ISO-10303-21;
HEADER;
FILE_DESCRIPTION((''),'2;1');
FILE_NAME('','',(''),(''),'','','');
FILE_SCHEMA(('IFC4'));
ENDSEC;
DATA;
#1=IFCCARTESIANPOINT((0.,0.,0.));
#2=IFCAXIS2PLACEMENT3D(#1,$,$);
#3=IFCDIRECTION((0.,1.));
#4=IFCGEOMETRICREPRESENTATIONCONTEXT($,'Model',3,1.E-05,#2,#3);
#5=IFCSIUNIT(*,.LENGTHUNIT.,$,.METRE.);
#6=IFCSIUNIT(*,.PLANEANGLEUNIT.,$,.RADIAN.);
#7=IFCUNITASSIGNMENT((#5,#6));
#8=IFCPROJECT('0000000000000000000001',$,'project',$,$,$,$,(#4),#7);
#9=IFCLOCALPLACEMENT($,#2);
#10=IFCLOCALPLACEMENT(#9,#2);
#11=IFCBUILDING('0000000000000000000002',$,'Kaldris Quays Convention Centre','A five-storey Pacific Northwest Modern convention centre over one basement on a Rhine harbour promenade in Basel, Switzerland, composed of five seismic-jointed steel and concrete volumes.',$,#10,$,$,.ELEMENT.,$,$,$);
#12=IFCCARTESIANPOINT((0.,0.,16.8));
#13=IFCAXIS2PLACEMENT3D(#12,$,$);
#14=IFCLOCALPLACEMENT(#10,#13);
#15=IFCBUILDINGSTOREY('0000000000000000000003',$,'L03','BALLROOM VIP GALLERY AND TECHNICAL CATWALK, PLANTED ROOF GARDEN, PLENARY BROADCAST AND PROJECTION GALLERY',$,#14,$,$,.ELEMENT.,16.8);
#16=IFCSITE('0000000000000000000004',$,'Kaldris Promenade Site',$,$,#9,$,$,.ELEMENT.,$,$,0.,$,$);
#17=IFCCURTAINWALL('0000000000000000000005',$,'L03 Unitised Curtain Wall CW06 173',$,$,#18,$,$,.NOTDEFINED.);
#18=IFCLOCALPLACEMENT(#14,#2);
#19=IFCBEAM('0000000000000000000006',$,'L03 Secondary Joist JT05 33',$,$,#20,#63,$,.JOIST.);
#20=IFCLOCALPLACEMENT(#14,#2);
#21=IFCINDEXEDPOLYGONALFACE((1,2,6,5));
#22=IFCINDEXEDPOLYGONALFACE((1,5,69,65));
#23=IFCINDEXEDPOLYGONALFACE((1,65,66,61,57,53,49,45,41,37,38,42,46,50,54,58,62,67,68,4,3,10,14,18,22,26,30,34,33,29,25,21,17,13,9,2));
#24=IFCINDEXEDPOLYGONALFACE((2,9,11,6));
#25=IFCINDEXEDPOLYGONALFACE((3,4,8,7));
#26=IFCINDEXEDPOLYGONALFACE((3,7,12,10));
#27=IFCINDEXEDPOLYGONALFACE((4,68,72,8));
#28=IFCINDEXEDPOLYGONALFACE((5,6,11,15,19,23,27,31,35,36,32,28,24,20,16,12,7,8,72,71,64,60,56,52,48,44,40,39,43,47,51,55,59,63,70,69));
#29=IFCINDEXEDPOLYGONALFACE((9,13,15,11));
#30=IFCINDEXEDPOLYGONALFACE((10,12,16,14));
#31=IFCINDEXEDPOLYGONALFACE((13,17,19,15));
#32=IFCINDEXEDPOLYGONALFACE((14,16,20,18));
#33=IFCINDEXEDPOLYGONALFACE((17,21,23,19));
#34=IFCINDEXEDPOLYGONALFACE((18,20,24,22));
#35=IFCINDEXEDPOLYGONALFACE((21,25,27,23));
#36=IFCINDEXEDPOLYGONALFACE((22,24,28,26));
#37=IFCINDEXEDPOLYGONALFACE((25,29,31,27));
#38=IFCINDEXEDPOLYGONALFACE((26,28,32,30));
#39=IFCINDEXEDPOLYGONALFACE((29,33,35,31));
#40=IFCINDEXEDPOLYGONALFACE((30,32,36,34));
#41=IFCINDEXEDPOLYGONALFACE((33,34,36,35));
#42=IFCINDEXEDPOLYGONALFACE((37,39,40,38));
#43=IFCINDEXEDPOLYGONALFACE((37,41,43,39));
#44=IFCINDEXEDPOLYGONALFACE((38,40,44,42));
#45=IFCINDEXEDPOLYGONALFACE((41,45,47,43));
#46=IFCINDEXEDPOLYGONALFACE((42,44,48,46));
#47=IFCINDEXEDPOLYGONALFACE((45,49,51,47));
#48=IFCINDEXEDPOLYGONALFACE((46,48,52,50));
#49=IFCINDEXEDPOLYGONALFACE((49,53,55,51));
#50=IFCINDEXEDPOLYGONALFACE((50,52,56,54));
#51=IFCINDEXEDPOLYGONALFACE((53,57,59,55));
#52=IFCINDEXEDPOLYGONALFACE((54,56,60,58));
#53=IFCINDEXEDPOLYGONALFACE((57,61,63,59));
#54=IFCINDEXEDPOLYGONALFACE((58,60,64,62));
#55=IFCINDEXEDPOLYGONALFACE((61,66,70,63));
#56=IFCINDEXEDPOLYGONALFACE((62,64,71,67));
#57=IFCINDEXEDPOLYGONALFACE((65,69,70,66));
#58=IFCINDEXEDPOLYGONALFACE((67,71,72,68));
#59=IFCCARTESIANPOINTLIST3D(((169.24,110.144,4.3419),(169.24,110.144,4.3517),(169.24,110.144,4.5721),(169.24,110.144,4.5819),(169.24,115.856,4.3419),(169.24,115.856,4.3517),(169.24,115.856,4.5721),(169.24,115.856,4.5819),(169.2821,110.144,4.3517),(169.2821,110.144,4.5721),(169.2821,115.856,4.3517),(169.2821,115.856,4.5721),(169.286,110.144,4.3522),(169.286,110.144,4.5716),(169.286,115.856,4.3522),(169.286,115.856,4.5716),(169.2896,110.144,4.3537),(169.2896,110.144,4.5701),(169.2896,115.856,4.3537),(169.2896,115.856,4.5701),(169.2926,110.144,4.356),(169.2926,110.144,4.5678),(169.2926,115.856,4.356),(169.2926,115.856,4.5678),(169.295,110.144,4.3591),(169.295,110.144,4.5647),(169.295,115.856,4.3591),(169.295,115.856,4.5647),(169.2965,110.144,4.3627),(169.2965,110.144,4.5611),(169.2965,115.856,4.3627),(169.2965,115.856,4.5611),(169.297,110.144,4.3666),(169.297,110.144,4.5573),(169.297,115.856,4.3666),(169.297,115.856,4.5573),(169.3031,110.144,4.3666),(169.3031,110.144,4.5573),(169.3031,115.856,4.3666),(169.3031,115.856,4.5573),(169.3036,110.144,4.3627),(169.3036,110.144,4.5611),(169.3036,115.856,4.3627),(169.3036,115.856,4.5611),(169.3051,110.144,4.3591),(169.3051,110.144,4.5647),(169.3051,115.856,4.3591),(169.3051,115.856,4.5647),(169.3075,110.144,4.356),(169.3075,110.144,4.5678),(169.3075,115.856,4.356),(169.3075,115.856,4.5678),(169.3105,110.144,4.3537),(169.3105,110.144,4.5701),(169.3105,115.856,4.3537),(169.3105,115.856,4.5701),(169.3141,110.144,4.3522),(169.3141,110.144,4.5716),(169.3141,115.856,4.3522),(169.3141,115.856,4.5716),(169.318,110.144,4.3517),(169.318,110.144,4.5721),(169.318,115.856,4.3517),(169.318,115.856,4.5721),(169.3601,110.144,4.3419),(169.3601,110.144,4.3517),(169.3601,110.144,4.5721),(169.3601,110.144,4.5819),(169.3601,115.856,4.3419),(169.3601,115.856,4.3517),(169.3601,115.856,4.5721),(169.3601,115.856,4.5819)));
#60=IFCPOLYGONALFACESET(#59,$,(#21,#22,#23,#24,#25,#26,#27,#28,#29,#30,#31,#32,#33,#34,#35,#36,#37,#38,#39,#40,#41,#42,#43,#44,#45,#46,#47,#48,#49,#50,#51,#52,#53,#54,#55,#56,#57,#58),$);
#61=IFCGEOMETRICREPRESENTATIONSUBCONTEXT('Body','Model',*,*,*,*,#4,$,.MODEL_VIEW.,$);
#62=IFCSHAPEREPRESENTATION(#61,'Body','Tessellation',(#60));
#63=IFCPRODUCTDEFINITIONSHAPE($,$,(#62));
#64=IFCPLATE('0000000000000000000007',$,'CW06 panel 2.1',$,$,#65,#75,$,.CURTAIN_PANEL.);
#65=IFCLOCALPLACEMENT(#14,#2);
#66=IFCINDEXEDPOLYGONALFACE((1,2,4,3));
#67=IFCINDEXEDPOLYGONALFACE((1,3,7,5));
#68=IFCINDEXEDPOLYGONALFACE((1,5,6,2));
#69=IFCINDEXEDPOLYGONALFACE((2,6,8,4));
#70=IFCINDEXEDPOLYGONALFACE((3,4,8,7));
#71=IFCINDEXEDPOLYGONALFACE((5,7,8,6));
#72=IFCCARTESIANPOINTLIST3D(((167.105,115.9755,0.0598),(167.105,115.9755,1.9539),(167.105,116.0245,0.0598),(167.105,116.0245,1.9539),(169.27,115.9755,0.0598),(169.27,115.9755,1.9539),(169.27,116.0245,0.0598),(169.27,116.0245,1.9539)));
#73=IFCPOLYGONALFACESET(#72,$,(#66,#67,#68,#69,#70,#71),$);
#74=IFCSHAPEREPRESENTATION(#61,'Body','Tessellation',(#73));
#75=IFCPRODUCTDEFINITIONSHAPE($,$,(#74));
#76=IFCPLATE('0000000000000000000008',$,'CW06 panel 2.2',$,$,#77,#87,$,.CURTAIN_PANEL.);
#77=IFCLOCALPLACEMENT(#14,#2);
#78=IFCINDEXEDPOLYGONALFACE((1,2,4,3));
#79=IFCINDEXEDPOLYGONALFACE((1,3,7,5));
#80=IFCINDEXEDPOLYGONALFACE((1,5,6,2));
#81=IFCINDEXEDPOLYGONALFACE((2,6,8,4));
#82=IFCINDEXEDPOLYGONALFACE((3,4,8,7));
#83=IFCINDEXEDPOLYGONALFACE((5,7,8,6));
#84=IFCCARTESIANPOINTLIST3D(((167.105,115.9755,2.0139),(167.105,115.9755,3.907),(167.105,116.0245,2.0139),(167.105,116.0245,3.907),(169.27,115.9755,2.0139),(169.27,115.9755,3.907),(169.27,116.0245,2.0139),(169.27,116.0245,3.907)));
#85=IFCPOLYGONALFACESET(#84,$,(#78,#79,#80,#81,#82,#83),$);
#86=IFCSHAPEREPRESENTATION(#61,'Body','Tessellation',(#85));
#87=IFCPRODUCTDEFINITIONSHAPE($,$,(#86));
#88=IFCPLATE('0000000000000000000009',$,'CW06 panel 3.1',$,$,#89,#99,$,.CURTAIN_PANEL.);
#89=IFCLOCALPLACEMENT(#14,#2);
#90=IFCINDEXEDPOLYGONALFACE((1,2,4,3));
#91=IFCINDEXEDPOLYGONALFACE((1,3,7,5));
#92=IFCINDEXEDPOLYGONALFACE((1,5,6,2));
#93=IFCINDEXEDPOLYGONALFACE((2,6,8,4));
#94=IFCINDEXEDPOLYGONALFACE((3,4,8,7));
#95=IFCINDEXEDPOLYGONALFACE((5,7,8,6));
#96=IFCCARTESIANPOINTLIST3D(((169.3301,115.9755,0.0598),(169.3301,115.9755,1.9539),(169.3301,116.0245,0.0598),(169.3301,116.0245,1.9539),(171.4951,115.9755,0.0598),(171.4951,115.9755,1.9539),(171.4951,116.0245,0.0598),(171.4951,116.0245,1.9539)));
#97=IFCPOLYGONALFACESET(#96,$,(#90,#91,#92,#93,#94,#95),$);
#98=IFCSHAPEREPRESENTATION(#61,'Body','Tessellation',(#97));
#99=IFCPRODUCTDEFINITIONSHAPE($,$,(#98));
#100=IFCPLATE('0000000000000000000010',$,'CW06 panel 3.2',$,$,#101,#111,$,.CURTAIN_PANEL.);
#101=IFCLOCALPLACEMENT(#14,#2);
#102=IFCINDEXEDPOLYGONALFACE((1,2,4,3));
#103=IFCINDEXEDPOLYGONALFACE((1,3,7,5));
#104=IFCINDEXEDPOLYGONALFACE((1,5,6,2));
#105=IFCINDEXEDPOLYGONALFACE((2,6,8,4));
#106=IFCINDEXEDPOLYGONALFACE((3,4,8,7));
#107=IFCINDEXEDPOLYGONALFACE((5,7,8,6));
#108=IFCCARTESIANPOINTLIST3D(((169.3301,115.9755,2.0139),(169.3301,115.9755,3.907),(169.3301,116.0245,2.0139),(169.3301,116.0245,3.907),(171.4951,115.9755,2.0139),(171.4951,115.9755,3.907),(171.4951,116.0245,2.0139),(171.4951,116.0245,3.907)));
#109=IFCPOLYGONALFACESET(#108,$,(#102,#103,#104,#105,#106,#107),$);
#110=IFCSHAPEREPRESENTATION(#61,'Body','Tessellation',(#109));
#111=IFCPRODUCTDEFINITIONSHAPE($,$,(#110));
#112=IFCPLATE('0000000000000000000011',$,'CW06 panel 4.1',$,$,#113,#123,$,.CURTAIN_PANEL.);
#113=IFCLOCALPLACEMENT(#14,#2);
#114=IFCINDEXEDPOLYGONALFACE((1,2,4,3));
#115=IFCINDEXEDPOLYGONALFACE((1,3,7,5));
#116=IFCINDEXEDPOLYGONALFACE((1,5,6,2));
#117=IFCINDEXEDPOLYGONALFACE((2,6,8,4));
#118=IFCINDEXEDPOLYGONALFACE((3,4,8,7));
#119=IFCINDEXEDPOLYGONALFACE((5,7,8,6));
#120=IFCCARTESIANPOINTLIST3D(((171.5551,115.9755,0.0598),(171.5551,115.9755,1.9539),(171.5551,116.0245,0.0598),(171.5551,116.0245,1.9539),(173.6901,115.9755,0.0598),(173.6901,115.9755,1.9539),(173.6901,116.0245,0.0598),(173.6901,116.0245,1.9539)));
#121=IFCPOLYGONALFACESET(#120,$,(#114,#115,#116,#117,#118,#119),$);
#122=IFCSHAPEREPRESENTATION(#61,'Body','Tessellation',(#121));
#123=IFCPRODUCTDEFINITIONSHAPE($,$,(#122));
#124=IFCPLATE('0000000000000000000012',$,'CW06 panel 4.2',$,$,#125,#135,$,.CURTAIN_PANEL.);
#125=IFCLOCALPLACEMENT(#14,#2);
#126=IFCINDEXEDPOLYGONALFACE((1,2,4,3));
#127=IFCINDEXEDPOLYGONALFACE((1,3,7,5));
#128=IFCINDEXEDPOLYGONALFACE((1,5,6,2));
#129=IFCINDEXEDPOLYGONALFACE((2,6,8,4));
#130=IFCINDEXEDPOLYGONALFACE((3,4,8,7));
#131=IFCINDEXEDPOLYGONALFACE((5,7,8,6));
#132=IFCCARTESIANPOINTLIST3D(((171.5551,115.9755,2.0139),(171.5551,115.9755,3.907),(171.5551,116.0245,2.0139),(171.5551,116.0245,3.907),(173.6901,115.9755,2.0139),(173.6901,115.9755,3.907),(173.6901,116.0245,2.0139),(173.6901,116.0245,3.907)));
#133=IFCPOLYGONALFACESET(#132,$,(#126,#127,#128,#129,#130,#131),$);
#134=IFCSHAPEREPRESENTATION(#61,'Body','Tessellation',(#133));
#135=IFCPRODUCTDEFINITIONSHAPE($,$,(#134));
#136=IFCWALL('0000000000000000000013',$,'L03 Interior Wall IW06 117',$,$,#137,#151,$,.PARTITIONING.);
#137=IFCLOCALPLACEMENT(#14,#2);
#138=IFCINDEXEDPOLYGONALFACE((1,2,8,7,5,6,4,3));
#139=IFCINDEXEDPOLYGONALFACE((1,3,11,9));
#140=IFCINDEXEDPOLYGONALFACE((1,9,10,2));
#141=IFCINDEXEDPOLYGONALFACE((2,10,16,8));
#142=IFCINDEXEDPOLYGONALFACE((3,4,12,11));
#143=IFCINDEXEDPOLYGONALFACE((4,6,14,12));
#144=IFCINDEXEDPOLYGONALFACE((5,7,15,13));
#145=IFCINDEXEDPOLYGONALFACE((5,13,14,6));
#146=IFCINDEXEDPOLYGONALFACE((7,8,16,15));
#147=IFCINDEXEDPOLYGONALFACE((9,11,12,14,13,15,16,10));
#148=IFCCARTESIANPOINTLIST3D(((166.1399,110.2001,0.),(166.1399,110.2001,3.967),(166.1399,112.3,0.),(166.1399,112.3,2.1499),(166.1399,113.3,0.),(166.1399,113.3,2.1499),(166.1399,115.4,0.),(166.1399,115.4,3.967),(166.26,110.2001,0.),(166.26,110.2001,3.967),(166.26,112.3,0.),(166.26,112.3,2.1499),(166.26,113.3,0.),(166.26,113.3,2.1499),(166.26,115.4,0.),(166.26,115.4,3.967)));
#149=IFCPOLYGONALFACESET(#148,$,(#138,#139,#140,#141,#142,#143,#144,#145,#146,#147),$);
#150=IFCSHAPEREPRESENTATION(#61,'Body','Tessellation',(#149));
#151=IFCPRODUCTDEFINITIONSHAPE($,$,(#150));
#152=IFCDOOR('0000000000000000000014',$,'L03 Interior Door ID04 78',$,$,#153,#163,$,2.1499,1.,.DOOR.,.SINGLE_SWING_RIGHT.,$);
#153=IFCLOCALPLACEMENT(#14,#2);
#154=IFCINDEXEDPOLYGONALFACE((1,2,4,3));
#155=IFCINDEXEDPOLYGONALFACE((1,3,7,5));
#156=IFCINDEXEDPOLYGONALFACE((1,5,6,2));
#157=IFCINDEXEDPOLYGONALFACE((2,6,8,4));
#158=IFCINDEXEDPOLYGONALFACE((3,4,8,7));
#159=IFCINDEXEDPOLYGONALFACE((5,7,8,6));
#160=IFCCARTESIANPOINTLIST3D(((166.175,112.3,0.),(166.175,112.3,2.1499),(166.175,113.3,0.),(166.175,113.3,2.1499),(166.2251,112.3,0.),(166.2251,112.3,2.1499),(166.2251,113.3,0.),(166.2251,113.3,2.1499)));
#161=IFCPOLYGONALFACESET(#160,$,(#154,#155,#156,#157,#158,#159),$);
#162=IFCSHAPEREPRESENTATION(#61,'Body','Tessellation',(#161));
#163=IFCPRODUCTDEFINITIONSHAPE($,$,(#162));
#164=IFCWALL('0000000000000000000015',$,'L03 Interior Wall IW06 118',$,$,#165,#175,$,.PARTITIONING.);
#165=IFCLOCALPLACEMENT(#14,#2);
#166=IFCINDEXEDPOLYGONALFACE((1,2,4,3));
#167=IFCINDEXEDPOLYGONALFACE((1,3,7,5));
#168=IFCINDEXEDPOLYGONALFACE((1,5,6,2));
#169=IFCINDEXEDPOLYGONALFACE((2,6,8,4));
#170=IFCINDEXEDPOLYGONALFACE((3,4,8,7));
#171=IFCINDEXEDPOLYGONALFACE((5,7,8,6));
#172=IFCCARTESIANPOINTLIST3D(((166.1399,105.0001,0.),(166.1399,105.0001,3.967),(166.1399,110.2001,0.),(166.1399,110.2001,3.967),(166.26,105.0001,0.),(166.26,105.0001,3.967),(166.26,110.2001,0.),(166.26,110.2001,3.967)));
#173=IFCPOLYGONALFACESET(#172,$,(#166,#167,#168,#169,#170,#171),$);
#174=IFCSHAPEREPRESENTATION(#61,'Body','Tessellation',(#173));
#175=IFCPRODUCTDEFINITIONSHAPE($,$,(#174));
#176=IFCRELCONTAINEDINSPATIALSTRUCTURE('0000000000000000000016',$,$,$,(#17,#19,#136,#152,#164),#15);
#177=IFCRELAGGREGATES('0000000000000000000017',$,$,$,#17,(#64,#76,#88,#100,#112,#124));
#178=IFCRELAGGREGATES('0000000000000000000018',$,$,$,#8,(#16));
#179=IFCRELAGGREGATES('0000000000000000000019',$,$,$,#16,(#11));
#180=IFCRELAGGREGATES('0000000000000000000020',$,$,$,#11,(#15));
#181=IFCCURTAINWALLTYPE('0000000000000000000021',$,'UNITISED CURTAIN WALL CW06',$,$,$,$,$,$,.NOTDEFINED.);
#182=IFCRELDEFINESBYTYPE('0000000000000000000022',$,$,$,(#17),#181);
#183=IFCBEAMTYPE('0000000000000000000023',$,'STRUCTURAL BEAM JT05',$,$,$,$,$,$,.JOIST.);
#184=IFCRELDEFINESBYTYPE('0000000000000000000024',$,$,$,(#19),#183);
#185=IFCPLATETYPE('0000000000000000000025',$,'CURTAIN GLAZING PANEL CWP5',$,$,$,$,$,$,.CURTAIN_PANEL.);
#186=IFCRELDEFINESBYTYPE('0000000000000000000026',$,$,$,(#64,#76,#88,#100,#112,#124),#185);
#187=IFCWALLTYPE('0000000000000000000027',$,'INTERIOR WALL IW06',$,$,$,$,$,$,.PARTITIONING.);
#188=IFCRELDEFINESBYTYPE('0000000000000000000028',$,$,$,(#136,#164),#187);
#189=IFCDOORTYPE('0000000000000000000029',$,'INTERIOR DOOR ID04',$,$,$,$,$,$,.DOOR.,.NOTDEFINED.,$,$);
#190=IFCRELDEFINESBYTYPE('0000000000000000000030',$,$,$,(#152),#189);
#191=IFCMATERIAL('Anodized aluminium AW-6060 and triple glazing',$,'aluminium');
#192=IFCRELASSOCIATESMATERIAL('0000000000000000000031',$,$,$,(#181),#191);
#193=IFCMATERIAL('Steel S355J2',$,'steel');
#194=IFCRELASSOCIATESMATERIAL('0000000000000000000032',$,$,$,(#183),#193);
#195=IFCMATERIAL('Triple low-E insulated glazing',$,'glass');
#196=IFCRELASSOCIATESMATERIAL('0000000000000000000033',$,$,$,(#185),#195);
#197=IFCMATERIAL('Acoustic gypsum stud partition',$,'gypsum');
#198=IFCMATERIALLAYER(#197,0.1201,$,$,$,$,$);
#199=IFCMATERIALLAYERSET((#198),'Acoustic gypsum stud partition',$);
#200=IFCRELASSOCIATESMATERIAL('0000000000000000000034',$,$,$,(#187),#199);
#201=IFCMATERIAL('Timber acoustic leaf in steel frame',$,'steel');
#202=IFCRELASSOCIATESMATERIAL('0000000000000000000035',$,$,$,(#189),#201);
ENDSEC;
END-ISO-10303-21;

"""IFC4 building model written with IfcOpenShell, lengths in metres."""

from ifc_helpers import new_model, si_unit, direction, frame, frame_2d, origin, origin_2d, place, context, subcontext, project, spatial, rectangle, i_section, extrude, material, layer, layer_set, material_profile, profile_set, type_object, element, fill, aggregate, save


model = new_model("IFC4")

# Units and contexts
model_context = context("Model", 3, precision=1e-05, world=origin(), true_north=direction((0.0, 1.0)))
body_context = subcontext(model_context, "Body", "Model", "MODEL_VIEW")
ifc_project = project(units=[si_unit("LENGTHUNIT", "METRE"), si_unit("PLANEANGLEUNIT", "RADIAN")], contexts=[model_context])

# Site, building, storey
site_placement = place(None, origin())
site = spatial("IfcSite", under=ifc_project, at=site_placement, Name="Kaldris Promenade Site", CompositionType="ELEMENT", RefElevation=0.0)
building_placement = place(site_placement, origin())
building = spatial("IfcBuilding", under=site, at=building_placement, Name="Kaldris Quays Convention Centre", Description="A five-storey Pacific Northwest Modern convention centre over one basement on a Rhine harbour promenade in Basel, Switzerland, composed of five seismic-jointed steel and concrete volumes.", CompositionType="ELEMENT")
storey_placement = place(building_placement, frame((0.0, 0.0, 16.8)))
storey = spatial("IfcBuildingStorey", under=building, at=storey_placement, Name="L03", Description="BALLROOM VIP GALLERY AND TECHNICAL CATWALK, PLANTED ROOF GARDEN, PLENARY BROADCAST AND PROJECTION GALLERY", CompositionType="ELEMENT", Elevation=16.8)

# Shared definitions
ifc_material_1 = material(Name="Steel S355J2", Category="steel")

# Curtain wall
ifc_material_2 = material(Name="Anodized aluminium AW-6060 and triple glazing", Category="aluminium")
curtain_wall_type = type_object("IfcCurtainWallType", Name="UNITISED CURTAIN WALL CW06", PredefinedType="NOTDEFINED", material=ifc_material_2)
curtain_wall_placement = place(storey_placement, origin())
curtain_wall = element("IfcCurtainWall", 1, at=curtain_wall_placement, inside=storey, type_object=curtain_wall_type, Name="L03 Unitised Curtain Wall CW06 173", PredefinedType="NOTDEFINED")

# Beam
ifc_material_profile_1 = material_profile(ifc_material_1, i_section(OverallWidth=0.1201, OverallDepth=0.24, WebThickness=0.0061, FlangeThickness=0.0098, FilletRadius=0.0149, at=origin_2d()), Name="IPE 240")
ifc_profile_set_1 = profile_set([ifc_material_profile_1], Name="Steel S355J2")
beam_type_1 = type_object("IfcBeamType", Name="STRUCTURAL BEAM JT05", PredefinedType="JOIST", material=ifc_profile_set_1)
beam_1_placement = place(storey_placement, frame((169.3, 110.144, 4.4619), z_axis=(0.0, 1.0, 0.0), x_axis=(-1.0, 0.0, 0.0)))
element("IfcBeam", 2, at=beam_1_placement, inside=storey, type_object=beam_type_1, Name="L03 Secondary Joist JT05 33", PredefinedType="JOIST", context=body_context, shape_type="SweptSolid", body=[
    extrude(i_section(OverallWidth=0.1201, OverallDepth=0.24, WebThickness=0.0061, FlangeThickness=0.0098, FilletRadius=0.0149, at=origin_2d()), origin(), (0.0, 0.0, 1.0), 5.7119),
])

# Plates
ifc_material_3 = material(Name="Triple low-E insulated glazing", Category="glass")
plate_type = type_object("IfcPlateType", Name="CURTAIN GLAZING PANEL CWP5", PredefinedType="CURTAIN_PANEL", material=ifc_material_3)
plate_1_placement = place(storey_placement, frame((168.1875, 116.0, 0.0598), z_axis=(0.0, 0.0, 1.0), x_axis=(1.0, 0.0, 0.0)))
plate_1 = element("IfcPlate", 3, at=plate_1_placement, type_object=plate_type, Name="CW06 panel 2.1", PredefinedType="CURTAIN_PANEL", context=body_context, shape_type="SweptSolid", body=[
    extrude(rectangle(XDim=2.165, YDim=0.0491, at=origin_2d()), origin(), (0.0, 0.0, 1.0), 1.894),
])
plate_2_placement = place(storey_placement, frame((168.1875, 116.0, 2.0139), z_axis=(0.0, 0.0, 1.0), x_axis=(1.0, 0.0, 0.0)))
plate_2 = element("IfcPlate", 4, at=plate_2_placement, type_object=plate_type, Name="CW06 panel 2.2", PredefinedType="CURTAIN_PANEL", context=body_context, shape_type="SweptSolid", body=[
    extrude(rectangle(XDim=2.165, YDim=0.0491, at=origin_2d()), origin(), (0.0, 0.0, 1.0), 1.8931),
])
plate_3_placement = place(storey_placement, frame((170.4126, 116.0, 0.0598), z_axis=(0.0, 0.0, 1.0), x_axis=(1.0, 0.0, 0.0)))
plate_3 = element("IfcPlate", 5, at=plate_3_placement, type_object=plate_type, Name="CW06 panel 3.1", PredefinedType="CURTAIN_PANEL", context=body_context, shape_type="SweptSolid", body=[
    extrude(rectangle(XDim=2.165, YDim=0.0491, at=origin_2d()), origin(), (0.0, 0.0, 1.0), 1.894),
])
plate_4_placement = place(storey_placement, frame((170.4126, 116.0, 2.0139), z_axis=(0.0, 0.0, 1.0), x_axis=(1.0, 0.0, 0.0)))
plate_4 = element("IfcPlate", 6, at=plate_4_placement, type_object=plate_type, Name="CW06 panel 3.2", PredefinedType="CURTAIN_PANEL", context=body_context, shape_type="SweptSolid", body=[
    extrude(rectangle(XDim=2.165, YDim=0.0491, at=origin_2d()), origin(), (0.0, 0.0, 1.0), 1.8931),
])
plate_5_placement = place(storey_placement, frame((172.6226, 116.0, 0.0598), z_axis=(0.0, 0.0, 1.0), x_axis=(1.0, 0.0, 0.0)))
plate_5 = element("IfcPlate", 7, at=plate_5_placement, type_object=plate_type, Name="CW06 panel 4.1", PredefinedType="CURTAIN_PANEL", context=body_context, shape_type="SweptSolid", body=[
    extrude(rectangle(XDim=2.135, YDim=0.0491, at=origin_2d()), origin(), (0.0, 0.0, 1.0), 1.894),
])
plate_6_placement = place(storey_placement, frame((172.6226, 116.0, 2.0139), z_axis=(0.0, 0.0, 1.0), x_axis=(1.0, 0.0, 0.0)))
plate_6 = element("IfcPlate", 8, at=plate_6_placement, type_object=plate_type, Name="CW06 panel 4.2", PredefinedType="CURTAIN_PANEL", context=body_context, shape_type="SweptSolid", body=[
    extrude(rectangle(XDim=2.135, YDim=0.0491, at=origin_2d()), origin(), (0.0, 0.0, 1.0), 1.8931),
])
aggregate(curtain_wall, [plate_1, plate_2, plate_3, plate_4, plate_5, plate_6])

# Wall, opening, door
ifc_material_4 = material(Name="Acoustic gypsum stud partition", Category="gypsum")
ifc_layer = layer(ifc_material_4, 0.1201)
ifc_layer_set = layer_set([ifc_layer], Name="Acoustic gypsum stud partition")
wall_type = type_object("IfcWallType", Name="INTERIOR WALL IW06", PredefinedType="PARTITIONING", material=ifc_layer_set)
wall_1_placement = place(storey_placement, frame((166.2, 110.2, 0.0), z_axis=(0.0, 0.0, 1.0), x_axis=(0.0, 1.0, 0.0)))
wall_1 = element("IfcWall", 9, at=wall_1_placement, inside=storey, type_object=wall_type, Name="L03 Interior Wall IW06 117", PredefinedType="PARTITIONING", context=body_context, shape_type="SweptSolid", body=[
    extrude(rectangle(XDim=5.2, YDim=0.1201, at=frame_2d((2.6001, 0.0))), origin(), (0.0, 0.0, 1.0), 3.967),
])
opening_placement = place(wall_1_placement, frame((2.1001, 0.0, 0.0)))
opening = element("IfcOpeningElement", 10, at=opening_placement, cuts=wall_1, PredefinedType="OPENING", context=body_context, shape_type="SweptSolid", body=[
    extrude(rectangle(XDim=1.0, YDim=2.1499, at=frame_2d((0.5, 1.075))), frame((0.0, 0.0701, 0.0), z_axis=(0.0, -1.0, 0.0), x_axis=(1.0, 0.0, 0.0)), (0.0, 0.0, 1.0), 0.1401),
])
ifc_material_5 = material(Name="Timber acoustic leaf in steel frame", Category="steel")
door_type = type_object("IfcDoorType", Name="INTERIOR DOOR ID04", OperationType="NOTDEFINED", PredefinedType="DOOR", material=ifc_material_5)
door_placement = place(opening_placement, origin())
door = element("IfcDoor", 11, at=door_placement, inside=storey, type_object=door_type, Name="L03 Interior Door ID04 78", OperationType="SINGLE_SWING_RIGHT", OverallHeight=2.1499, OverallWidth=1.0, PredefinedType="DOOR", context=body_context, shape_type="SweptSolid", body=[
    extrude(rectangle(XDim=1.0, YDim=2.1499, at=frame_2d((0.5, 1.075))), frame((0.0, 0.0249, 0.0), z_axis=(0.0, -1.0, 0.0), x_axis=(1.0, 0.0, 0.0)), (0.0, 0.0, 1.0), 0.05),
])
fill(opening, door)

# Wall
wall_2_placement = place(storey_placement, frame((166.2, 105.0, 0.0), z_axis=(0.0, 0.0, 1.0), x_axis=(0.0, 1.0, 0.0)))
element("IfcWall", 12, at=wall_2_placement, inside=storey, type_object=wall_type, Name="L03 Interior Wall IW06 118", PredefinedType="PARTITIONING", context=body_context, shape_type="SweptSolid", body=[
    extrude(rectangle(XDim=5.2, YDim=0.1201, at=frame_2d((2.6001, 0.0))), origin(), (0.0, 0.0, 1.0), 3.967),
])

save(model, "model.ifc")
